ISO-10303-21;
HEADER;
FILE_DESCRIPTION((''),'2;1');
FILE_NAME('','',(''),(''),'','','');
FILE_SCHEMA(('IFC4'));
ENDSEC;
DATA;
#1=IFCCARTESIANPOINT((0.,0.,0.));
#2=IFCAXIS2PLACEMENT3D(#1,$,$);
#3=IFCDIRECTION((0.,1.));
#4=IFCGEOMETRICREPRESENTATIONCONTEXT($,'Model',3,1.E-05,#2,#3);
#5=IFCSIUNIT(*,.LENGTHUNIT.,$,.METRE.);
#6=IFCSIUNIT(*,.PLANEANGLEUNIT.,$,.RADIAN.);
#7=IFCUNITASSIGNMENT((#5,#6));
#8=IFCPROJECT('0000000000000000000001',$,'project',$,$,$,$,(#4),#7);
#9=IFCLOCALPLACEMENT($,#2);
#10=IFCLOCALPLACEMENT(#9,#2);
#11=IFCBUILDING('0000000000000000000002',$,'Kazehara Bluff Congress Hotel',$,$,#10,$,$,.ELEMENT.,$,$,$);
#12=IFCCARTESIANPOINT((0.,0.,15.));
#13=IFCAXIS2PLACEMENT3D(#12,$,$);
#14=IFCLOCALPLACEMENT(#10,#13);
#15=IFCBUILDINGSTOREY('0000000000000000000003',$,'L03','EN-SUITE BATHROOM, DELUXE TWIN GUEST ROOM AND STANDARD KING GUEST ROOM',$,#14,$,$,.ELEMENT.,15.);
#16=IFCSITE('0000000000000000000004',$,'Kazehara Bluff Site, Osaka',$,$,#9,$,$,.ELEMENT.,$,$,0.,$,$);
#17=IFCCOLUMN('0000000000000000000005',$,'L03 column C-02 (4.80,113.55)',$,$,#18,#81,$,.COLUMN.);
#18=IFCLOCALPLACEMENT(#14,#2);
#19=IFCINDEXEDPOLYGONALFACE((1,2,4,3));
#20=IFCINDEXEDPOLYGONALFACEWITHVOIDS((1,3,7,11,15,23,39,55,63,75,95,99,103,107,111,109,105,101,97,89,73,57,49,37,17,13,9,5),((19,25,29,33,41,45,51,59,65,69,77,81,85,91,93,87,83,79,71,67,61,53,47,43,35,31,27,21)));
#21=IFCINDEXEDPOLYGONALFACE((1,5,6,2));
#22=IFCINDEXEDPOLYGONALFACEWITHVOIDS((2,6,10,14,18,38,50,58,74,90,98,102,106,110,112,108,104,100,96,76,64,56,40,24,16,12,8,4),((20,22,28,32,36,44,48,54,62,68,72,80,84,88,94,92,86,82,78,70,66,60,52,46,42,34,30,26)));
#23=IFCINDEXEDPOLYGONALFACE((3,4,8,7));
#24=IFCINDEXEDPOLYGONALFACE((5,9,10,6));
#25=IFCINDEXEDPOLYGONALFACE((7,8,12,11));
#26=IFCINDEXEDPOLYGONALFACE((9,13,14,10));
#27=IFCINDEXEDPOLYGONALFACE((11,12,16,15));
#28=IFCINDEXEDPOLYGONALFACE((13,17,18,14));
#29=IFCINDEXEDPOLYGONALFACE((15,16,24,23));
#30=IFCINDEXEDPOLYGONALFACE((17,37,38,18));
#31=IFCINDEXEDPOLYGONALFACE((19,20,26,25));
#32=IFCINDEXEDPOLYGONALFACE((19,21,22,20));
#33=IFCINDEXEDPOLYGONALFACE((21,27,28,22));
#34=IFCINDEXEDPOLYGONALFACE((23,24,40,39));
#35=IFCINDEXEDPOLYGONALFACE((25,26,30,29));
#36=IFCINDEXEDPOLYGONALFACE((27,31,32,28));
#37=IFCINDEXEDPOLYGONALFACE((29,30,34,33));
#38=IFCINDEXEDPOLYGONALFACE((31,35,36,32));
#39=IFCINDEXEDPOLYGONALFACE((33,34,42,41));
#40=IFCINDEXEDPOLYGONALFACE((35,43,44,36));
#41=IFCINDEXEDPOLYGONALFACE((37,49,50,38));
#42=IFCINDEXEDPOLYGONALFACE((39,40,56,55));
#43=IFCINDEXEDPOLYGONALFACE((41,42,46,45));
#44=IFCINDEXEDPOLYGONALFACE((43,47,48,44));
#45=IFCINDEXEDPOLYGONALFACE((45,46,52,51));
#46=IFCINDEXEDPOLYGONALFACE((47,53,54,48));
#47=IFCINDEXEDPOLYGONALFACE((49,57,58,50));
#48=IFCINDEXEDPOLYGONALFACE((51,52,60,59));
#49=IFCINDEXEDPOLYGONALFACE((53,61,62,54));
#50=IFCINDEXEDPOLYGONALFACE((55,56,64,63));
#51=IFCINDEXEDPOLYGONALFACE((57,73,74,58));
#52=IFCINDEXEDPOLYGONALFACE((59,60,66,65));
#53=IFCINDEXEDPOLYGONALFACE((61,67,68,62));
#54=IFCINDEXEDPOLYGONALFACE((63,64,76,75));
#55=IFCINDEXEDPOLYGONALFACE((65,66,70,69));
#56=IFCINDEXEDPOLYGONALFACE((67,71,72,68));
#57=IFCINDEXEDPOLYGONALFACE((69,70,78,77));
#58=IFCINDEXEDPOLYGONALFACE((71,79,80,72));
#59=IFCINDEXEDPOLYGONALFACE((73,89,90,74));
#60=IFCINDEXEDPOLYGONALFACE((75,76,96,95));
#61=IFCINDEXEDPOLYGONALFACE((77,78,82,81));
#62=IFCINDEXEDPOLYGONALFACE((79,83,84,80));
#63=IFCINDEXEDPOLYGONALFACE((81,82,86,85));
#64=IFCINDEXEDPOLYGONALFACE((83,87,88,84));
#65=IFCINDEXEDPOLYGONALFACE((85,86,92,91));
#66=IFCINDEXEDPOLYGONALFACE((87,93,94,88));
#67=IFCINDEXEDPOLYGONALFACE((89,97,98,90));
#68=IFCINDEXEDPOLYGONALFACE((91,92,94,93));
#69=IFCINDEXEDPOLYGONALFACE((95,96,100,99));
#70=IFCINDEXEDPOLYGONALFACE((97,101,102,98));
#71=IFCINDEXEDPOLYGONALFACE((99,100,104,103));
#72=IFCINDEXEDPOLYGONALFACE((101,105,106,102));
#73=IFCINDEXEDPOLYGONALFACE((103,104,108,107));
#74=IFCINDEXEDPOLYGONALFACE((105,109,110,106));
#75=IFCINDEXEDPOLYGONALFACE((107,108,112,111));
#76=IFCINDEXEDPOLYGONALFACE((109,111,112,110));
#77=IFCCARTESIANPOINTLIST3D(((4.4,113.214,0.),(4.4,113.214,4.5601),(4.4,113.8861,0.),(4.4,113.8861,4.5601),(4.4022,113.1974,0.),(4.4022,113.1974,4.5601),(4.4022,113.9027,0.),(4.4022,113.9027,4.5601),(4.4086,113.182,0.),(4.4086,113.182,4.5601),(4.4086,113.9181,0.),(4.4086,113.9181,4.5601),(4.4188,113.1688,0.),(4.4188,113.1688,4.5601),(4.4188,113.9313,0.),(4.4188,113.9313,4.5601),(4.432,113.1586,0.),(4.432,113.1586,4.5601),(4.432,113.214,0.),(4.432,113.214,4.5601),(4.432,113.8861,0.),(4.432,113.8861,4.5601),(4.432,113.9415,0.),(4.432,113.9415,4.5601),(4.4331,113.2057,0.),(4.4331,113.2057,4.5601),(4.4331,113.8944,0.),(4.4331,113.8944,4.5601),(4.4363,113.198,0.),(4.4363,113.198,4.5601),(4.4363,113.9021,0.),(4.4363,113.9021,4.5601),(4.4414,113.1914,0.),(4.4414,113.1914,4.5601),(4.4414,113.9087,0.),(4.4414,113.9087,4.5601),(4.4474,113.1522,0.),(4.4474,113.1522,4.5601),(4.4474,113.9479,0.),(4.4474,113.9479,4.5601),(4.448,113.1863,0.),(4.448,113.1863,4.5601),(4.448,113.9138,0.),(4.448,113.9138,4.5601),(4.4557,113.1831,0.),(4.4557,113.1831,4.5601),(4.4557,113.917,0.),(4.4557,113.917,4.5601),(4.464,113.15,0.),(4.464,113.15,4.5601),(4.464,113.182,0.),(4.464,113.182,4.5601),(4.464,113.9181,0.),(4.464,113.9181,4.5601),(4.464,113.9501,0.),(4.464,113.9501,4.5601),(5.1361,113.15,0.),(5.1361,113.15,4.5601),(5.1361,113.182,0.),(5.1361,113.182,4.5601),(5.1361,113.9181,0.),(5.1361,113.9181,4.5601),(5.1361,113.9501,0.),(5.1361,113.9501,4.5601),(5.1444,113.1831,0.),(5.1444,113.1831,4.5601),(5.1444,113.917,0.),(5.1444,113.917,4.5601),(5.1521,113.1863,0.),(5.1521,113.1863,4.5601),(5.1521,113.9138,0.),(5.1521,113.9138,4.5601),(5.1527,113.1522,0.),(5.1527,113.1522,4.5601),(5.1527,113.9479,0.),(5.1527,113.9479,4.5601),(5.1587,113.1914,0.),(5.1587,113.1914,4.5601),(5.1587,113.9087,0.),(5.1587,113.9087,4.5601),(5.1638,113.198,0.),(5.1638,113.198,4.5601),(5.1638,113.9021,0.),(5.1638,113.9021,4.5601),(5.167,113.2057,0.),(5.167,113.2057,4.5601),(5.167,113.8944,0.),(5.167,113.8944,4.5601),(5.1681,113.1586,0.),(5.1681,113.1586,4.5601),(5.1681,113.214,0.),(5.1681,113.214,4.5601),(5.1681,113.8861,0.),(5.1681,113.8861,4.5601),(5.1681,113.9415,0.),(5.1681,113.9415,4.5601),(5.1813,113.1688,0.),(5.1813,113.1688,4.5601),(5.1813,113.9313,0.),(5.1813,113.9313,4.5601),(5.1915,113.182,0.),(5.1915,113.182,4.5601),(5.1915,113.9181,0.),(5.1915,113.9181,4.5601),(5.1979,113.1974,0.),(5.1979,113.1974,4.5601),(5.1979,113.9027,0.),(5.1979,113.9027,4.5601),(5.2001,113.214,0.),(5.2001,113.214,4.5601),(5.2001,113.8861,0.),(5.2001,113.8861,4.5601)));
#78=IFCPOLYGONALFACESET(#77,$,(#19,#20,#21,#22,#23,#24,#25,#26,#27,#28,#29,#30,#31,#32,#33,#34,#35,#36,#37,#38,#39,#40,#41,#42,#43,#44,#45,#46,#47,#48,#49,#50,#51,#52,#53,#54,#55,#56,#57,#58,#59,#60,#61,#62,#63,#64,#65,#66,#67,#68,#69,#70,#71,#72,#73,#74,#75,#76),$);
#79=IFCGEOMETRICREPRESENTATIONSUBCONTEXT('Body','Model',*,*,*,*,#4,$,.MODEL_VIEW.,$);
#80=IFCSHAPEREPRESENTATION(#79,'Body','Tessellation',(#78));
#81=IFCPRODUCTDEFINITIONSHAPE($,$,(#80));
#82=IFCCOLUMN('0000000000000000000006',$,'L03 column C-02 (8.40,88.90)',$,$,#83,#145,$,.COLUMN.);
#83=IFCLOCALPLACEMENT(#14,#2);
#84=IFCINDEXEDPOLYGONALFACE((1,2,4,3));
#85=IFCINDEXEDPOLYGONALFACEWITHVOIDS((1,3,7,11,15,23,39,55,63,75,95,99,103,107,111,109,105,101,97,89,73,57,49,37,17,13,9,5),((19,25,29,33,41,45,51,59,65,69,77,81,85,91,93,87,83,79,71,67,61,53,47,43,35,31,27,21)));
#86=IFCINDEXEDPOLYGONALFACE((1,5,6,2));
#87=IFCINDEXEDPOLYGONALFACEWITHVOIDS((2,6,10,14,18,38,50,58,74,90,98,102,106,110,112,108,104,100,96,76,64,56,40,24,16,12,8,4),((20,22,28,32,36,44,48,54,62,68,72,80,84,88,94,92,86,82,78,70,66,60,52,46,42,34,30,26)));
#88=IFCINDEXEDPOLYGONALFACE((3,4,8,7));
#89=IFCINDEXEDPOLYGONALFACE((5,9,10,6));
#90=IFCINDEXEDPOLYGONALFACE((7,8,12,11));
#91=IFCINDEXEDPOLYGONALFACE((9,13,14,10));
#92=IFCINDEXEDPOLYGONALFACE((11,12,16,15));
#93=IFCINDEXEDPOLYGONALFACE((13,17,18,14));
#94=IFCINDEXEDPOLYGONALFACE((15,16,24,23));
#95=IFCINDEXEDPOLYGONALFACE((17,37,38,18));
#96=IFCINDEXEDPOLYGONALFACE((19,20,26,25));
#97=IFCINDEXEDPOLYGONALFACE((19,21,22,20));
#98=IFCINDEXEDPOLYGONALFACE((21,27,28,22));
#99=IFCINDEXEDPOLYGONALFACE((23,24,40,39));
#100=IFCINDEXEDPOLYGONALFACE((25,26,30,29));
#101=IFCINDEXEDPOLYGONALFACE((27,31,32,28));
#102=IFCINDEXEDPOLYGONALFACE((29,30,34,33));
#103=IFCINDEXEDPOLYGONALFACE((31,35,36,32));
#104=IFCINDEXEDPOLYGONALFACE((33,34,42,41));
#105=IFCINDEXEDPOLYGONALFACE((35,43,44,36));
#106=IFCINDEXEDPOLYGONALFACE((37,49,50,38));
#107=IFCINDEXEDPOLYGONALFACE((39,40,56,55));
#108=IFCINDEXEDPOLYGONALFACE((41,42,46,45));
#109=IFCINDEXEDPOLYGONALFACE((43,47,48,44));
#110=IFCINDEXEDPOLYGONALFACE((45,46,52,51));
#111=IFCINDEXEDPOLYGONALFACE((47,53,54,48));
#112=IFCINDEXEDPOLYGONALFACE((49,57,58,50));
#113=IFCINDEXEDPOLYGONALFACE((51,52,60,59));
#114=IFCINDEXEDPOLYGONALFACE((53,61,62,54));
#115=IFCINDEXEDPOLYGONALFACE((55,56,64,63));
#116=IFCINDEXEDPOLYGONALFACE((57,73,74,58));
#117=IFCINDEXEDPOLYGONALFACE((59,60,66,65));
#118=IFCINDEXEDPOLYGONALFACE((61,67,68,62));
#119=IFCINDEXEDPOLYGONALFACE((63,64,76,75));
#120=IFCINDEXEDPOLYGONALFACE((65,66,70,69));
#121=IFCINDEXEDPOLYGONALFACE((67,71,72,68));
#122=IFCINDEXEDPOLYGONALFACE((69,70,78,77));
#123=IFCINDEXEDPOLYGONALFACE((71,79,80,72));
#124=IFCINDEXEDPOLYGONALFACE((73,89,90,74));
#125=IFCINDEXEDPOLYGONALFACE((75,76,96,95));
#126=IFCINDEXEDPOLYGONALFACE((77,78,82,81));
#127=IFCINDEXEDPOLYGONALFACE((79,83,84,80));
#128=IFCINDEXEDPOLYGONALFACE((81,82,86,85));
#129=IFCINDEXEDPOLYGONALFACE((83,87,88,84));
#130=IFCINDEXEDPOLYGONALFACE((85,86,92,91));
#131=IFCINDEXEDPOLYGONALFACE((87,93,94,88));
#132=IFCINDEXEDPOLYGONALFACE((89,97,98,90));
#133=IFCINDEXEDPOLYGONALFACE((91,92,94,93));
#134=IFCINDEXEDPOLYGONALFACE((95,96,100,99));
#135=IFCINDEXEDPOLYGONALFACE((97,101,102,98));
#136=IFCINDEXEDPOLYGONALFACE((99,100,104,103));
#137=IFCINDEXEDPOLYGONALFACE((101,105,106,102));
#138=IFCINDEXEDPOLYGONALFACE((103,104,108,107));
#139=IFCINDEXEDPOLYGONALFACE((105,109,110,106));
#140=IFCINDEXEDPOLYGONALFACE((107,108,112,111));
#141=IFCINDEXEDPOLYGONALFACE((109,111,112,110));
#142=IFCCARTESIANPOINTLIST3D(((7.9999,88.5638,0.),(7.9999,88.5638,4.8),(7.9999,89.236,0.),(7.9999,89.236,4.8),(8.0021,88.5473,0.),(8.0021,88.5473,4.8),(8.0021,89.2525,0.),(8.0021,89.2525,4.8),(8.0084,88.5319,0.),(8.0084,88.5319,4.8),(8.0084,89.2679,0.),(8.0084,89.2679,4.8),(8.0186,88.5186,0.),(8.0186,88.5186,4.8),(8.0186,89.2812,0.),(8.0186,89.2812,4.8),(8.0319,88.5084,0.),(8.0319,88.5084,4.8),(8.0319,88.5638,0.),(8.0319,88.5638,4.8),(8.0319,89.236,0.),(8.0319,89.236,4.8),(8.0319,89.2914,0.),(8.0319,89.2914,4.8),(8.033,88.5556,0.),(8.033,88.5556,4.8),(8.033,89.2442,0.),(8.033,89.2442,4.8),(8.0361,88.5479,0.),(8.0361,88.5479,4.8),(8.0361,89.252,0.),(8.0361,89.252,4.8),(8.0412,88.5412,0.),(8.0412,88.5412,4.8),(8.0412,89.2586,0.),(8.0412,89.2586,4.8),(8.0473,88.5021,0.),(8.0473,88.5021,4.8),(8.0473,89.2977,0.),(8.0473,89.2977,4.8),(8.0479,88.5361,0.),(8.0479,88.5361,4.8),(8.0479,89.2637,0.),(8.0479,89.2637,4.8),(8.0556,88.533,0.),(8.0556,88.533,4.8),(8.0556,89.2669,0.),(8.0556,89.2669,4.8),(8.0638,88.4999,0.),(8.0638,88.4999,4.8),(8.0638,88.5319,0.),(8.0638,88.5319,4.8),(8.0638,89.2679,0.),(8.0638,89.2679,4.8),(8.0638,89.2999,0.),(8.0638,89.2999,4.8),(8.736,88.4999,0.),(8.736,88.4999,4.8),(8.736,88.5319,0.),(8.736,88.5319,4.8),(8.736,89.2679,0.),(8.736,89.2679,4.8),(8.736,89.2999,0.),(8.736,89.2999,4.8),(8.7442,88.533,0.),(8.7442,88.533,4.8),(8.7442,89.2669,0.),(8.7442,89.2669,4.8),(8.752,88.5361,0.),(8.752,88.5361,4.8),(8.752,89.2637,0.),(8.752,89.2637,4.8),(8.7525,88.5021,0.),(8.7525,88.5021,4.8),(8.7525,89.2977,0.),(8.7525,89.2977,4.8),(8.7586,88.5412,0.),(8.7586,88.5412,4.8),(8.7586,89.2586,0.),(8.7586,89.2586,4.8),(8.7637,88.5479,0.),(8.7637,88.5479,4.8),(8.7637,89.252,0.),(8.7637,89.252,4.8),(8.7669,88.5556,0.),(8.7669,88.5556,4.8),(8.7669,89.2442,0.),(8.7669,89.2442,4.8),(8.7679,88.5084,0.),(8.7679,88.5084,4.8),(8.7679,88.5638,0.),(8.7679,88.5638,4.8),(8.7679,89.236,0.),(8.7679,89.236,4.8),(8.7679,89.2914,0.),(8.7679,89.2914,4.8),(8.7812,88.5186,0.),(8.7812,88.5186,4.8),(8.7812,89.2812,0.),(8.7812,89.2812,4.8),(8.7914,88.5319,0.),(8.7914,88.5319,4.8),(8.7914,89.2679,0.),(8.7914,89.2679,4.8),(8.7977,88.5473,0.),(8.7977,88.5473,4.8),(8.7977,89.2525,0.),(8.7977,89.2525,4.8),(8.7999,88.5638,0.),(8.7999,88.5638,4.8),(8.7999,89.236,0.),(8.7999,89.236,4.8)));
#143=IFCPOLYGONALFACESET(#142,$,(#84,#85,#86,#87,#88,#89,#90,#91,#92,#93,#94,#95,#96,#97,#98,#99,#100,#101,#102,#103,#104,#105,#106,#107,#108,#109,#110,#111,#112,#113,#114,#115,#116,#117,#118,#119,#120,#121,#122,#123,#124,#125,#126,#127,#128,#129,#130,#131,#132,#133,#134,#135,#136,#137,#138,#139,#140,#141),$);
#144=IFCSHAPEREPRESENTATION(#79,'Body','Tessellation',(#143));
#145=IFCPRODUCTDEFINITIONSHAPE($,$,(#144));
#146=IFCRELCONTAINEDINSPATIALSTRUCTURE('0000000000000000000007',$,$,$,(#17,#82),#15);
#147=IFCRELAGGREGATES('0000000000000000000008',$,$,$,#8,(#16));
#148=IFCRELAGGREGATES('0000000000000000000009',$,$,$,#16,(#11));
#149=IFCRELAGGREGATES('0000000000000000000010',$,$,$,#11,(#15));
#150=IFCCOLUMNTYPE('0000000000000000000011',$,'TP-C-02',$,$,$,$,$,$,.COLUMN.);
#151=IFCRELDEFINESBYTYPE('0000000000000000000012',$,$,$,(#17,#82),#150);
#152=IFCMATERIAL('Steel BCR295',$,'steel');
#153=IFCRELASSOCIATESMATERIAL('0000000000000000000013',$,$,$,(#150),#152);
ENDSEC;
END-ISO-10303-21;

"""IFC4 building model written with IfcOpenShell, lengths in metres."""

from ifc_helpers import new_model, si_unit, direction, frame, origin, origin_2d, place, context, subcontext, project, spatial, hollow_rectangle, extrude, material, material_profile, profile_set, type_object, element, save


model = new_model("IFC4")

# Units and contexts
model_context = context("Model", 3, precision=1e-05, world=origin(), true_north=direction((0.0, 1.0)))
body_context = subcontext(model_context, "Body", "Model", "MODEL_VIEW")
ifc_project = project(units=[si_unit("LENGTHUNIT", "METRE"), si_unit("PLANEANGLEUNIT", "RADIAN")], contexts=[model_context])

# Site, building, storey
site_placement = place(None, origin())
site = spatial("IfcSite", under=ifc_project, at=site_placement, Name="Kazehara Bluff Site, Osaka", CompositionType="ELEMENT", RefElevation=0.0)
building_placement = place(site_placement, origin())
building = spatial("IfcBuilding", under=site, at=building_placement, Name="Kazehara Bluff Congress Hotel", CompositionType="ELEMENT")
storey_placement = place(building_placement, frame((0.0, 0.0, 15.0)))
storey = spatial("IfcBuildingStorey", under=building, at=storey_placement, Name="L03", Description="EN-SUITE BATHROOM, DELUXE TWIN GUEST ROOM AND STANDARD KING GUEST ROOM", CompositionType="ELEMENT", Elevation=15.0)

# Columns
ifc_material_1 = material(Name="Steel BCR295", Category="steel")
ifc_material_profile_1 = material_profile(ifc_material_1, hollow_rectangle(XDim=0.8, YDim=0.8, WallThickness=0.032, InnerFilletRadius=0.032, OuterFilletRadius=0.064, at=origin_2d()))
ifc_profile_set_1 = profile_set([ifc_material_profile_1], Name="Steel BCR295")
column_type = type_object("IfcColumnType", Name="TP-C-02", PredefinedType="COLUMN", material=ifc_profile_set_1)
for number, where, z_axis, x_axis, name in (
    (1, (4.8, 113.55, 0.0), (0.0, 0.0, 1.0), (1.0, 0.0, 0.0), "L03 column C-02 (4.80,113.55)"),
):
    element("IfcColumn", number, at=place(storey_placement, frame(where, z_axis=z_axis, x_axis=x_axis)), inside=storey, type_object=column_type, Name=name, PredefinedType="COLUMN", context=body_context, shape_type="SweptSolid", body=[
        extrude(hollow_rectangle(XDim=0.8, YDim=0.8, WallThickness=0.032, InnerFilletRadius=0.032, OuterFilletRadius=0.064, at=origin_2d()), origin(), (0.0, 0.0, 1.0), 4.5601),
    ])
for number, where, z_axis, x_axis, name in (
    (2, (8.3999, 88.8999, 0.0), (0.0, 0.0, 1.0), (1.0, 0.0, 0.0), "L03 column C-02 (8.40,88.90)"),
):
    element("IfcColumn", number, at=place(storey_placement, frame(where, z_axis=z_axis, x_axis=x_axis)), inside=storey, type_object=column_type, Name=name, PredefinedType="COLUMN", context=body_context, shape_type="SweptSolid", body=[
        extrude(hollow_rectangle(XDim=0.8, YDim=0.8, WallThickness=0.032, InnerFilletRadius=0.032, OuterFilletRadius=0.064, at=origin_2d()), origin(), (0.0, 0.0, 1.0), 4.8),
    ])

save(model, "model.ifc")
